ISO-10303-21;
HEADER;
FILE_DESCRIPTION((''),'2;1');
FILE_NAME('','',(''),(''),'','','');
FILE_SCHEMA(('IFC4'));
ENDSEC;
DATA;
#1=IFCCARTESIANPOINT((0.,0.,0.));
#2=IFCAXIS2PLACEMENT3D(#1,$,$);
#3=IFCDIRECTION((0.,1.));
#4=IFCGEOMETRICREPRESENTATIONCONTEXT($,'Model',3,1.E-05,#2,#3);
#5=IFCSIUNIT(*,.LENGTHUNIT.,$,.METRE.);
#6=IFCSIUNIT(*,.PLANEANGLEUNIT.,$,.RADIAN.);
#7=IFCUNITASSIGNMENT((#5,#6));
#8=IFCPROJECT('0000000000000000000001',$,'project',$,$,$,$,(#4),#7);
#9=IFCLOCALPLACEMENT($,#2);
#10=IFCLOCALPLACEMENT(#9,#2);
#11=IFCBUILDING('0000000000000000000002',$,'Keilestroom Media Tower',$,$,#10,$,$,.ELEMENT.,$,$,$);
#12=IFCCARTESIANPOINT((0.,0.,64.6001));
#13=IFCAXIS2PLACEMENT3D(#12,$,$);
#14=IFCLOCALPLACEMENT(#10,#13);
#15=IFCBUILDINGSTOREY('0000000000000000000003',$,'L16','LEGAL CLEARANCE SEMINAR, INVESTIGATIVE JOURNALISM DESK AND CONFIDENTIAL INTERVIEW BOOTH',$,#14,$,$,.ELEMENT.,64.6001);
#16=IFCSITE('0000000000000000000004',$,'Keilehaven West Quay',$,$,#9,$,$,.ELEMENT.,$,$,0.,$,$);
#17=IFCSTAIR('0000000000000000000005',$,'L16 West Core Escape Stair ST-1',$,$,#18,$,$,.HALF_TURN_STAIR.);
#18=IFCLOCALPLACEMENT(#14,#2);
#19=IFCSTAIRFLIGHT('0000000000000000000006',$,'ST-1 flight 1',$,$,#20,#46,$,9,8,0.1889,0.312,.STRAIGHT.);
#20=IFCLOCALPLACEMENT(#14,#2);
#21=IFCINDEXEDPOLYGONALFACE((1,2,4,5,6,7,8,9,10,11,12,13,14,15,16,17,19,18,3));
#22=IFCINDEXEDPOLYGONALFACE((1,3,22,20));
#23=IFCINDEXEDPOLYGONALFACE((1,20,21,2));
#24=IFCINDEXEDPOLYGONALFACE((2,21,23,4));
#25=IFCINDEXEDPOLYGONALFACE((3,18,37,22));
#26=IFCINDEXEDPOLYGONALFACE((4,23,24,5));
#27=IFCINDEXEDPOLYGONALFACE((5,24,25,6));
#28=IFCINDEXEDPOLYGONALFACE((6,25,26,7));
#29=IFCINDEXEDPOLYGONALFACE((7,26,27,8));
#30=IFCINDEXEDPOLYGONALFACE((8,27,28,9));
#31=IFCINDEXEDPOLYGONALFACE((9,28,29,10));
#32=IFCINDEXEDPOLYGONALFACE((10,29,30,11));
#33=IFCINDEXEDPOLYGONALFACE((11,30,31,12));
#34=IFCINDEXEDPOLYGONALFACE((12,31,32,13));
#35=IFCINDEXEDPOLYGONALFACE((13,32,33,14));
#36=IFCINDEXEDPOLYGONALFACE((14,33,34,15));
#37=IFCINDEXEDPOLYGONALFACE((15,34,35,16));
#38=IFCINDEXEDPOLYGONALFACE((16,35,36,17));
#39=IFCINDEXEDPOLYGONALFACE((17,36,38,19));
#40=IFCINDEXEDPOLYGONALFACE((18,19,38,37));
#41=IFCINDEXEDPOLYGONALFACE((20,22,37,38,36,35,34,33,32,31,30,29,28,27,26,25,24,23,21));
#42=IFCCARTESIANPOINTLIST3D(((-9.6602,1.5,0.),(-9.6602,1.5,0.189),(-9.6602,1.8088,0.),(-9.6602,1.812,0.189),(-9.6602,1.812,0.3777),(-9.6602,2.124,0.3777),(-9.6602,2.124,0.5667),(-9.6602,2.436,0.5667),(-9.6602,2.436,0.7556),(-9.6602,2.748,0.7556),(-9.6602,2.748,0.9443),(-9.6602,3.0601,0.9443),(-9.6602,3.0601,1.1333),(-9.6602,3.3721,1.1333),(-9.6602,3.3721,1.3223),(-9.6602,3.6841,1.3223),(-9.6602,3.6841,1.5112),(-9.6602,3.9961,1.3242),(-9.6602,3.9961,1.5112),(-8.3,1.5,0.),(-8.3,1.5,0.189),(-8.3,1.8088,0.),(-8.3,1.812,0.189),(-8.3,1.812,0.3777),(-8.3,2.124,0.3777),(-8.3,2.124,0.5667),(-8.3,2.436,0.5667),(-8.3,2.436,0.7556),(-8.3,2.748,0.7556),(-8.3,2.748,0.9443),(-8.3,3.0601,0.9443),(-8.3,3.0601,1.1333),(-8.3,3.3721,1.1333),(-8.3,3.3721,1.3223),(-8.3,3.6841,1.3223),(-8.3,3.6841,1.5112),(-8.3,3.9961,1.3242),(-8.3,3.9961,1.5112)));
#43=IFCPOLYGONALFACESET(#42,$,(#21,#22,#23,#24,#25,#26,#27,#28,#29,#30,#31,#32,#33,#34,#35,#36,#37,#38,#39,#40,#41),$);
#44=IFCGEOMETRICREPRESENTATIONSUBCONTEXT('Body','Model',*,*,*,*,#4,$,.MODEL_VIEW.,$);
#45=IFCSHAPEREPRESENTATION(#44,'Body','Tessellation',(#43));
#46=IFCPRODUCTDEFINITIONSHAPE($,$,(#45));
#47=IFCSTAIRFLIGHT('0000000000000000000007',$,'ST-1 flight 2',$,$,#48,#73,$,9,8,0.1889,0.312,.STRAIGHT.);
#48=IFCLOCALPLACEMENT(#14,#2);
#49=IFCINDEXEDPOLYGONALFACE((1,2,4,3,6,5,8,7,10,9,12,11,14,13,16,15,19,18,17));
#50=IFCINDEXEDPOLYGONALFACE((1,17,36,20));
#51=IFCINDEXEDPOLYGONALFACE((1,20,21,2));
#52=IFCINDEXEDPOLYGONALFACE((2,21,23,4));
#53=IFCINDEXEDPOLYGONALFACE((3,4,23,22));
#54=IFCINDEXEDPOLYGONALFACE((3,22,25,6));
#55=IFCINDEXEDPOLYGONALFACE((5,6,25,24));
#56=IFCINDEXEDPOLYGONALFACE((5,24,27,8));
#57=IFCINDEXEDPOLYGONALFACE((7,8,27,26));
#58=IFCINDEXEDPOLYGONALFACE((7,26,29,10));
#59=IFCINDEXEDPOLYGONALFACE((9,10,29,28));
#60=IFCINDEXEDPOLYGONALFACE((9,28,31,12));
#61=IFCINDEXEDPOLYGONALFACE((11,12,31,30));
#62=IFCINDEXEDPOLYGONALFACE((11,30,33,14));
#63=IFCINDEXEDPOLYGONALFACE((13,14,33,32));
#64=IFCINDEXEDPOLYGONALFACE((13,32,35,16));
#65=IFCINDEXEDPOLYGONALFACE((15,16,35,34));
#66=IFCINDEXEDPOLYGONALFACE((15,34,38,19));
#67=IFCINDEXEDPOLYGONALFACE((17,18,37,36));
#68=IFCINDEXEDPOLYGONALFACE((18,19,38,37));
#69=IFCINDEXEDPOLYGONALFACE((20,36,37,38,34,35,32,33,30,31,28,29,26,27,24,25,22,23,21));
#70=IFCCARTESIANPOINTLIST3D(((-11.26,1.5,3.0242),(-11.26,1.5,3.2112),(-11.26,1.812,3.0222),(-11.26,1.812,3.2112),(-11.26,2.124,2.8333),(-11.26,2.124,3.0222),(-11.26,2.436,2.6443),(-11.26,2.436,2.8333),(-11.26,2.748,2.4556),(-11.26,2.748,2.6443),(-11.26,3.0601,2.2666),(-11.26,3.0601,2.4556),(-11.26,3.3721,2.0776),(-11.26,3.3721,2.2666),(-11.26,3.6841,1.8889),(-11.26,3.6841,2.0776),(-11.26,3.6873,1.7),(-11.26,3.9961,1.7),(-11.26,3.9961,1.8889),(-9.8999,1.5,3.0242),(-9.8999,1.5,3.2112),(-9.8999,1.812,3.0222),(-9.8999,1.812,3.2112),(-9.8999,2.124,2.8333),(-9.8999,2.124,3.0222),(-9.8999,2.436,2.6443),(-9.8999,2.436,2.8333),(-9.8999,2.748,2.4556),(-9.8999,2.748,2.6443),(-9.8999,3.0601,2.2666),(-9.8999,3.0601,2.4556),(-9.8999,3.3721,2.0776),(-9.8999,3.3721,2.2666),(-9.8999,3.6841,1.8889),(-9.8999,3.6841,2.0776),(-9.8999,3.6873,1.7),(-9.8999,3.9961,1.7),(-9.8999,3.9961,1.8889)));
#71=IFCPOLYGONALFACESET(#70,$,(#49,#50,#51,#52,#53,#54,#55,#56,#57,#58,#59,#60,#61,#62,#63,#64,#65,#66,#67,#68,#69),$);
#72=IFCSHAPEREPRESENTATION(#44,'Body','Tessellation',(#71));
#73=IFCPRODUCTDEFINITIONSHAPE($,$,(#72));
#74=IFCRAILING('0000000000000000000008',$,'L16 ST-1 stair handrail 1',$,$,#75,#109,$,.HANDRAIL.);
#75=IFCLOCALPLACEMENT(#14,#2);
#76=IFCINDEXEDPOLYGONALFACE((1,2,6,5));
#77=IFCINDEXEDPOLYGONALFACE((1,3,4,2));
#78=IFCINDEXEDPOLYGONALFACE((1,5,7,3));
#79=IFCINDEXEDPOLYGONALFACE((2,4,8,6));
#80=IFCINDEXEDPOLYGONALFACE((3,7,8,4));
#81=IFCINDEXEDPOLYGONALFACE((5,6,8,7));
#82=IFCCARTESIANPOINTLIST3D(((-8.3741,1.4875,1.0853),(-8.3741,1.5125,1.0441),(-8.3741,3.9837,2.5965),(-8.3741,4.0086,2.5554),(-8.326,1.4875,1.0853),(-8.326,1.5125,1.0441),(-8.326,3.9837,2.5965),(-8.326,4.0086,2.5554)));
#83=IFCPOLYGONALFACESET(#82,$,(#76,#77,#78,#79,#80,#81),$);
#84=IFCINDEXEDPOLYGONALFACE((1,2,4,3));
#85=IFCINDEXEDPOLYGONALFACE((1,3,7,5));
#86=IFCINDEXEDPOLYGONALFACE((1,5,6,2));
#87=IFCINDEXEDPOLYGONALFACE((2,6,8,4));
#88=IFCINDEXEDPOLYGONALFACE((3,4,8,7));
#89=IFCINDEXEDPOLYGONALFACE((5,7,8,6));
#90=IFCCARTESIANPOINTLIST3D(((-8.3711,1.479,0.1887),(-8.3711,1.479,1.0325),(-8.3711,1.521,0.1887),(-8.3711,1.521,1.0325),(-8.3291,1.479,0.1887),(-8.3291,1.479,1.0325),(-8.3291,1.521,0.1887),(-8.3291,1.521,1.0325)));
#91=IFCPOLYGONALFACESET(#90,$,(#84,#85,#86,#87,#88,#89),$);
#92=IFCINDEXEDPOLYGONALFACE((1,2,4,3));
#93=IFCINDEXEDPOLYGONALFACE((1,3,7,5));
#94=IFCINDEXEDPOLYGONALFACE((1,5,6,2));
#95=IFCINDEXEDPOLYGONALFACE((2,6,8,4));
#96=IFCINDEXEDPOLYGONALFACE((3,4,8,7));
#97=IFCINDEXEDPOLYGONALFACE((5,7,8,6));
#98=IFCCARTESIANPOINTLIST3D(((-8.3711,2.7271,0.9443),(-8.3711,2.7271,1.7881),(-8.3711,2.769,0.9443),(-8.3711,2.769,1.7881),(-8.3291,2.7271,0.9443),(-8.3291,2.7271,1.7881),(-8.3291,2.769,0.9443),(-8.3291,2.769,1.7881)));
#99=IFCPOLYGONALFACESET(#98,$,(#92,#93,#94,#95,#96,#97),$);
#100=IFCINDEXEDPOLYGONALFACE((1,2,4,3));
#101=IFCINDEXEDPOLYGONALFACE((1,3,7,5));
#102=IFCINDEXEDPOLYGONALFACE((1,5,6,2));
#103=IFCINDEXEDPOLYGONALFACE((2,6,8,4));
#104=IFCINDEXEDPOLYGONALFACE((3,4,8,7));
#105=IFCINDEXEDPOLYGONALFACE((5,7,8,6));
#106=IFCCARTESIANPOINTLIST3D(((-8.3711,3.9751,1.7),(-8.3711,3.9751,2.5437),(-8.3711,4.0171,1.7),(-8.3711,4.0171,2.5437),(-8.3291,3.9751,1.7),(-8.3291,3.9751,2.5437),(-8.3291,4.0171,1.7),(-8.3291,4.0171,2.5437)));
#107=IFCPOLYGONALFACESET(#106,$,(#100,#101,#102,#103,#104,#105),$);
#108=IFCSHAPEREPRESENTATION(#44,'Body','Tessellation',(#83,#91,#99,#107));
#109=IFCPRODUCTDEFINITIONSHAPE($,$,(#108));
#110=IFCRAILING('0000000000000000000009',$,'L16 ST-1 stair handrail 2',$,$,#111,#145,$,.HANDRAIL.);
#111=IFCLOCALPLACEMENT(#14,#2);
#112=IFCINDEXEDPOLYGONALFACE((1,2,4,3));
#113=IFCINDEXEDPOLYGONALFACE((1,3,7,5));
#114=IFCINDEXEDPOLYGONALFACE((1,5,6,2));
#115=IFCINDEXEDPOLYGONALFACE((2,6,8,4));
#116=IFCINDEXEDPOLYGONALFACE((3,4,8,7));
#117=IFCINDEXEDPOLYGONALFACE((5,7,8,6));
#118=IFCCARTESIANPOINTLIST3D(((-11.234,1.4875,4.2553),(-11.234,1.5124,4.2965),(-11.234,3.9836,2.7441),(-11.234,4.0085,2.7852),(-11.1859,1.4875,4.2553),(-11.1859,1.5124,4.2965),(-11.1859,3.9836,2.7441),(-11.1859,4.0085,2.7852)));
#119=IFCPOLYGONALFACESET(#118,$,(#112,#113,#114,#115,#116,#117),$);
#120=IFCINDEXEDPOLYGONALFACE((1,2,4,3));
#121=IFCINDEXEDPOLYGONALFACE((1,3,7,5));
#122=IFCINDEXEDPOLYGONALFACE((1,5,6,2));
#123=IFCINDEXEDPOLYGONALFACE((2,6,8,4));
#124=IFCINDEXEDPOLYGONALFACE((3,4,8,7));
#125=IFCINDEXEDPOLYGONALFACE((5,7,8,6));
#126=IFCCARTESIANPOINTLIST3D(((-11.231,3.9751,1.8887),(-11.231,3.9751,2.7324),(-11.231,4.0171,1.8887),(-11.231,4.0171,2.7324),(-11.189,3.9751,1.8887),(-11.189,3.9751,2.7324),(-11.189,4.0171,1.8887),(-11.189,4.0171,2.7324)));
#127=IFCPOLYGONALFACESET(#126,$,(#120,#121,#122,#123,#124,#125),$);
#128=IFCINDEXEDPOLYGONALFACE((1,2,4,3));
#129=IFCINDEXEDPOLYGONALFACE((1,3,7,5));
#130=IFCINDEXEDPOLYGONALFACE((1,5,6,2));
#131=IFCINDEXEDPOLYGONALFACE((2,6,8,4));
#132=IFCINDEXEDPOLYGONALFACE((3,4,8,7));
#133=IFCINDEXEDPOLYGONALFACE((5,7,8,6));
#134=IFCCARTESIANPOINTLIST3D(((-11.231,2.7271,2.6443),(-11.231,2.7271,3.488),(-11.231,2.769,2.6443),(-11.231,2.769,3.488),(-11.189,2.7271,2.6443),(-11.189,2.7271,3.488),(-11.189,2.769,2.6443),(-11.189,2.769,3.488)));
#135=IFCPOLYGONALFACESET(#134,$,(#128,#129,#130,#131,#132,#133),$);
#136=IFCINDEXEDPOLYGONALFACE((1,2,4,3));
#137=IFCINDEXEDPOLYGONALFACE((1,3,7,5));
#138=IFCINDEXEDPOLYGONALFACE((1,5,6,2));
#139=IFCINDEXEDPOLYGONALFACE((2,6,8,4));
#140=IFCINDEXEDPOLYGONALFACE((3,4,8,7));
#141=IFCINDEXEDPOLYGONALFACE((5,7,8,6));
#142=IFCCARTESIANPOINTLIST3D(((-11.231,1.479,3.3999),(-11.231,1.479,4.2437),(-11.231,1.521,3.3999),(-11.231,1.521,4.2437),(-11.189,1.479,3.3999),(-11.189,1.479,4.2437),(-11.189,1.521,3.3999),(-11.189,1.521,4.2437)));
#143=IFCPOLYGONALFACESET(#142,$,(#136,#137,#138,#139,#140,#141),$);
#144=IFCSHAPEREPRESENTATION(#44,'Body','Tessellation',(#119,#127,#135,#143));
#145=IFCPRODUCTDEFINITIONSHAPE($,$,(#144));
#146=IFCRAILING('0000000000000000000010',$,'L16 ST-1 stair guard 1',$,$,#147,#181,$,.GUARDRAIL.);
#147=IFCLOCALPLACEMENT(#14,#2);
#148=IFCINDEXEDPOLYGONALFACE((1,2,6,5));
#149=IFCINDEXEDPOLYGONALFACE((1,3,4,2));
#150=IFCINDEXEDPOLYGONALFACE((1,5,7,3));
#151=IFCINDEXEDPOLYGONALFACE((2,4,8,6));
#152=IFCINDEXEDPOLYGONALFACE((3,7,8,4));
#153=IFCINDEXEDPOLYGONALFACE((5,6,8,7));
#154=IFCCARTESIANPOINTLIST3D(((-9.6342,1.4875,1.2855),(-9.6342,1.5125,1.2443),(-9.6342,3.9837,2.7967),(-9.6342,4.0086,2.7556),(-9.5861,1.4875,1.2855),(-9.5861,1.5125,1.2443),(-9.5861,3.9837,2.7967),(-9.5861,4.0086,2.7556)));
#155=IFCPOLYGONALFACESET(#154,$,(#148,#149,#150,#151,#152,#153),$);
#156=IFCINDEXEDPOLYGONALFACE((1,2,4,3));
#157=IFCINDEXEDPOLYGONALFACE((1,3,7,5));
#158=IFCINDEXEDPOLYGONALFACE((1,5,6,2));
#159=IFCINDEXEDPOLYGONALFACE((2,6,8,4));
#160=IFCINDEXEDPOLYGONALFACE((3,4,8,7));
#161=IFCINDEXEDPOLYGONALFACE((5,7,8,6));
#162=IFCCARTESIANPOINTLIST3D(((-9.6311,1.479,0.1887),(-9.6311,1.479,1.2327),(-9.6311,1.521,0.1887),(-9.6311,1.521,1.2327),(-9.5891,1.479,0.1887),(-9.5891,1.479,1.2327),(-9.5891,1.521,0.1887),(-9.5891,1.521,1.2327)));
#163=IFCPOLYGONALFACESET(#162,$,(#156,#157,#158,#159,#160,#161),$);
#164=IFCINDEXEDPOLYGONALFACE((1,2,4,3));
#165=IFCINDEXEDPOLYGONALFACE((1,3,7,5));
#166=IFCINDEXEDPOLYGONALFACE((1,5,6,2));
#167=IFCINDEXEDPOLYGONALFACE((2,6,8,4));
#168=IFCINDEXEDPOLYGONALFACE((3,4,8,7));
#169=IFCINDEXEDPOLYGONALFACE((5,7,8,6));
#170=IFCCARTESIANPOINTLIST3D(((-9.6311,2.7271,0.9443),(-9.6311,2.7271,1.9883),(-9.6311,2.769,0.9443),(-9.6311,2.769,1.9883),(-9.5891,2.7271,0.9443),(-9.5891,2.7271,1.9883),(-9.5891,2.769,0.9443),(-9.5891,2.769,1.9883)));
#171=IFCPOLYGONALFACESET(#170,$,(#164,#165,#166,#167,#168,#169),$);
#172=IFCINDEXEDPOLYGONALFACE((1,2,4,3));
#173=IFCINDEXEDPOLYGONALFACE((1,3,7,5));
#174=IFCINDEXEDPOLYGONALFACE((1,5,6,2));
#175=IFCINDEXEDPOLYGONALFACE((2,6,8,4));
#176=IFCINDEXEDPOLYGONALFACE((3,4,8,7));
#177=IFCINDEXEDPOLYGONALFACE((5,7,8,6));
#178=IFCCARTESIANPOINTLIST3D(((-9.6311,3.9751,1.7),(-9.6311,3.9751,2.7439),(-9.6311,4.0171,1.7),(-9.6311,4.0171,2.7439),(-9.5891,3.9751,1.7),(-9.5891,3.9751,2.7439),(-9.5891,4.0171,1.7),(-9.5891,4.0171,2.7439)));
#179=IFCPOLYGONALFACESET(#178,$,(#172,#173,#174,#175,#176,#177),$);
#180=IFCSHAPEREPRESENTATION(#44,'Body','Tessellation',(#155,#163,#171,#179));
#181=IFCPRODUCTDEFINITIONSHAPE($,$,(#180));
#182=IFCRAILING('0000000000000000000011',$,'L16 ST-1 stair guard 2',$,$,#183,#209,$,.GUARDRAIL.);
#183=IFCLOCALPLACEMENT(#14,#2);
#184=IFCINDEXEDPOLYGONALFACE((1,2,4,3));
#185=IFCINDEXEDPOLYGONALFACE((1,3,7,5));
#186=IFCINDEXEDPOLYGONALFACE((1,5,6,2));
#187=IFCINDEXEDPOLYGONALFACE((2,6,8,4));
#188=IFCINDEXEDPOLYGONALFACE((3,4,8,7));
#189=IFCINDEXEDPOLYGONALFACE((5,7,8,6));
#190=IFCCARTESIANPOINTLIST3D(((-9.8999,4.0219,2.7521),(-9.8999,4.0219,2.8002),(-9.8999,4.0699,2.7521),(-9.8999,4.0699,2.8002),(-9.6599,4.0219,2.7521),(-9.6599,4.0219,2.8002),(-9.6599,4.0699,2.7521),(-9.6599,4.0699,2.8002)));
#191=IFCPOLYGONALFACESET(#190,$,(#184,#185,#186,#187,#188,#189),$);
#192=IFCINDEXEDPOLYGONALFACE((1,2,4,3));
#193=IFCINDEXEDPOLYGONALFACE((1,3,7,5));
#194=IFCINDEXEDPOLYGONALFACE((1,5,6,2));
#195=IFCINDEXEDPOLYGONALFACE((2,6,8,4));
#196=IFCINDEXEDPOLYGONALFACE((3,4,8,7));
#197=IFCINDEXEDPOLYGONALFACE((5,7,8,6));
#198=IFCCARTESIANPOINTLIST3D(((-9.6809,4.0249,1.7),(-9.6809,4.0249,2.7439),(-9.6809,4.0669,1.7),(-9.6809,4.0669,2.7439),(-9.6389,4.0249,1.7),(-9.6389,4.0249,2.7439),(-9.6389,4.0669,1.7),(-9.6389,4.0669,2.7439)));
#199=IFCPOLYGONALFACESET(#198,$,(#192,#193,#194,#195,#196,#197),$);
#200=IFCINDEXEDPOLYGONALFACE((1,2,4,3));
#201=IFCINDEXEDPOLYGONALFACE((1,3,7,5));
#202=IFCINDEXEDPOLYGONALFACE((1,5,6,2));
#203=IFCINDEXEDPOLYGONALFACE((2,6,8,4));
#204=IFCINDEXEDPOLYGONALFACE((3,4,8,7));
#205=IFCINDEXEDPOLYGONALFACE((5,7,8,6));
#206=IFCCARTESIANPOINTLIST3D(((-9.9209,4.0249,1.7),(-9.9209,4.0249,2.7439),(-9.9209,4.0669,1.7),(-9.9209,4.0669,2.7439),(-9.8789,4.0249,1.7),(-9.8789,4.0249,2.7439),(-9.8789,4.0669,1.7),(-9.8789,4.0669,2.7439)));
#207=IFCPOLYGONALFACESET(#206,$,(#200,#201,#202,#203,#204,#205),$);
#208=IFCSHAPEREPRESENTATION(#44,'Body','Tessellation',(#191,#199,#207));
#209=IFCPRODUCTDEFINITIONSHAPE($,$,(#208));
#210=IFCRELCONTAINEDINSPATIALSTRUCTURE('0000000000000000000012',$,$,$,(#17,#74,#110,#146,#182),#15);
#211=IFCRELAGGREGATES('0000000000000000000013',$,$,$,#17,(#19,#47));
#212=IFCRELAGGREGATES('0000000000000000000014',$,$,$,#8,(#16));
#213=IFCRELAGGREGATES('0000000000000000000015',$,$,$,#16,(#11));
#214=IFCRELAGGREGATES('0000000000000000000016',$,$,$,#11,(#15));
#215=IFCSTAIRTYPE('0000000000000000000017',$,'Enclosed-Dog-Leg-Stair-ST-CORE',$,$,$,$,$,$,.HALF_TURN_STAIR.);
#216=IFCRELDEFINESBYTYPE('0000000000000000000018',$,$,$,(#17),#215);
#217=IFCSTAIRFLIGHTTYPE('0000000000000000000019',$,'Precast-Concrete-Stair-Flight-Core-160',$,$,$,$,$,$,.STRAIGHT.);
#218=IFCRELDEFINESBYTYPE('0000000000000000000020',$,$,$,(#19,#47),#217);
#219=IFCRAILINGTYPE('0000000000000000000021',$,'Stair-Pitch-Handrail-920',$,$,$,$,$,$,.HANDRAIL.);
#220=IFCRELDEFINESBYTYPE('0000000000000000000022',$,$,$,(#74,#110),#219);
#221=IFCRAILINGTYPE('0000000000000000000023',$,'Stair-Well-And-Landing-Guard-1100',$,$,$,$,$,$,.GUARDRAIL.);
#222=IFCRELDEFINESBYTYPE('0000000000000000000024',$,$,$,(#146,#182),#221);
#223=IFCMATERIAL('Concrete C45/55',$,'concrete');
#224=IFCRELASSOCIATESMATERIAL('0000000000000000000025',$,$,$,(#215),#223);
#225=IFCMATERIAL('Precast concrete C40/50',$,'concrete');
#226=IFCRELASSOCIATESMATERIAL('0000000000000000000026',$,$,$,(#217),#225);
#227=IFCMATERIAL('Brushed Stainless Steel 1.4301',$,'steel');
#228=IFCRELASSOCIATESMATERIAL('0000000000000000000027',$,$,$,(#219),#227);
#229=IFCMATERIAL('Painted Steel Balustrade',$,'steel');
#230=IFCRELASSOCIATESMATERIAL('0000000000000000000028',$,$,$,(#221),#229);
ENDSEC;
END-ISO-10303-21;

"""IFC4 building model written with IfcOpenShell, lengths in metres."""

from ifc_helpers import new_model, si_unit, direction, frame, origin, origin_2d, place, context, subcontext, project, spatial, polyline, rectangle, outline, extrude, material, type_object, element, aggregate, save


model = new_model("IFC4")

# Units and contexts
model_context = context("Model", 3, precision=1e-05, world=origin(), true_north=direction((0.0, 1.0)))
body_context = subcontext(model_context, "Body", "Model", "MODEL_VIEW")
ifc_project = project(units=[si_unit("LENGTHUNIT", "METRE"), si_unit("PLANEANGLEUNIT", "RADIAN")], contexts=[model_context])

# Site, building, storey
site_placement = place(None, origin())
site = spatial("IfcSite", under=ifc_project, at=site_placement, Name="Keilehaven West Quay", CompositionType="ELEMENT", RefElevation=0.0)
building_placement = place(site_placement, origin())
building = spatial("IfcBuilding", under=site, at=building_placement, Name="Keilestroom Media Tower", CompositionType="ELEMENT")
storey_placement = place(building_placement, frame((0.0, 0.0, 64.6001)))
storey = spatial("IfcBuildingStorey", under=building, at=storey_placement, Name="L16", Description="LEGAL CLEARANCE SEMINAR, INVESTIGATIVE JOURNALISM DESK AND CONFIDENTIAL INTERVIEW BOOTH", CompositionType="ELEMENT", Elevation=64.6001)

# Shared definitions
ifc_material_1 = material(Name="Precast concrete C40/50", Category="concrete")

# Stair, stair flights
ifc_material_2 = material(Name="Concrete C45/55", Category="concrete")
stair_type = type_object("IfcStairType", Name="Enclosed-Dog-Leg-Stair-ST-CORE", PredefinedType="HALF_TURN_STAIR", material=ifc_material_2)
stair_placement = place(storey_placement, origin())
stair = element("IfcStair", 1, at=stair_placement, inside=storey, type_object=stair_type, Name="L16 West Core Escape Stair ST-1", PredefinedType="HALF_TURN_STAIR")
stair_flight_type = type_object("IfcStairFlightType", Name="Precast-Concrete-Stair-Flight-Core-160", PredefinedType="STRAIGHT", material=ifc_material_1)
stair_flight_1_placement = place(storey_placement, frame((-8.98, 1.5, 0.0), z_axis=(0.0, 0.0, 1.0), x_axis=(0.0, 1.0, 0.0)))
stair_flight_1 = element("IfcStairFlight", 2, at=stair_flight_1_placement, type_object=stair_flight_type, Name="ST-1 flight 1", NumberOfRisers=9, NumberOfTreads=8, PredefinedType="STRAIGHT", RiserHeight=0.1889, TreadLength=0.312, context=body_context, shape_type="SweptSolid", body=[
    extrude(outline(polyline([(0.0, 0.0), (0.0, 0.189), (0.312, 0.189), (0.312, 0.3777), (0.624, 0.3777), (0.624, 0.5667), (0.936, 0.5667), (0.936, 0.7556), (1.248, 0.7556), (1.248, 0.9443), (1.5601, 0.9443), (1.5601, 1.1333), (1.8721, 1.1333), (1.8721, 1.3223), (2.1841, 1.3223), (2.1841, 1.5112), (2.4961, 1.5112), (2.4961, 1.7), (2.4961, 1.3242), (0.3088, 0.0), (0.0, 0.0)])), frame((0.0, 0.6802, 0.0), z_axis=(0.0, -1.0, 0.0), x_axis=(1.0, 0.0, 0.0)), (0.0, 0.0, 1.0), 1.3601),
])
stair_flight_2_placement = place(storey_placement, frame((-10.5801, 3.9961, 1.7), z_axis=(0.0, 0.0, 1.0), x_axis=(0.0, -1.0, 0.0)))
stair_flight_2 = element("IfcStairFlight", 3, at=stair_flight_2_placement, type_object=stair_flight_type, Name="ST-1 flight 2", NumberOfRisers=9, NumberOfTreads=8, PredefinedType="STRAIGHT", RiserHeight=0.1889, TreadLength=0.312, context=body_context, shape_type="SweptSolid", body=[
    extrude(outline(polyline([(0.0, 0.0), (0.0, 0.189), (0.312, 0.189), (0.312, 0.3777), (0.624, 0.3777), (0.624, 0.5667), (0.936, 0.5667), (0.936, 0.7556), (1.248, 0.7556), (1.248, 0.9443), (1.5601, 0.9443), (1.5601, 1.1333), (1.8721, 1.1333), (1.8721, 1.3223), (2.1841, 1.3223), (2.1841, 1.5112), (2.4961, 1.5112), (2.4961, 1.7), (2.4961, 1.3242), (0.3088, 0.0), (0.0, 0.0)])), frame((0.0, 0.6802, 0.0), z_axis=(0.0, -1.0, 0.0), x_axis=(1.0, 0.0, 0.0)), (0.0, 0.0, 1.0), 1.3601),
])
aggregate(stair, [stair_flight_1, stair_flight_2])

# Railings
ifc_material_3 = material(Name="Brushed Stainless Steel 1.4301", Category="steel")
railing_type_1 = type_object("IfcRailingType", Name="Stair-Pitch-Handrail-920", PredefinedType="HANDRAIL", material=ifc_material_3)
railing_1_placement = place(storey_placement, frame((-8.3501, 1.5, 0.1887)))
element("IfcRailing", 4, at=railing_1_placement, inside=storey, type_object=railing_type_1, Name="L16 ST-1 stair handrail 1", PredefinedType="HANDRAIL", context=body_context, shape_type="SweptSolid", body=[
    extrude(rectangle(XDim=0.0481, YDim=0.0481, at=origin_2d()), frame((0.0, 0.0, 0.876), z_axis=(0.0, 0.855434, 0.517912), x_axis=(-1.0, 0.0, 0.0)), (0.0, 0.0, 1.0), 2.918),
    extrude(rectangle(XDim=0.042, YDim=0.042, at=origin_2d()), origin(), (0.0, 0.0, 1.0), 0.8438),
    extrude(rectangle(XDim=0.042, YDim=0.042, at=origin_2d()), frame((0.0, 1.248, 0.7556)), (0.0, 0.0, 1.0), 0.8438),
    extrude(rectangle(XDim=0.042, YDim=0.042, at=origin_2d()), frame((0.0, 2.4961, 1.5112)), (0.0, 0.0, 1.0), 0.8438),
])
railing_2_placement = place(storey_placement, frame((-11.21, 3.9961, 1.8887)))
element("IfcRailing", 5, at=railing_2_placement, inside=storey, type_object=railing_type_1, Name="L16 ST-1 stair handrail 2", PredefinedType="HANDRAIL", context=body_context, shape_type="SweptSolid", body=[
    extrude(rectangle(XDim=0.0481, YDim=0.0481, at=origin_2d()), frame((0.0, 0.0, 0.876), z_axis=(0.0, -0.855434, 0.517912), x_axis=(1.0, 0.0, 0.0)), (0.0, 0.0, 1.0), 2.918),
    extrude(rectangle(XDim=0.042, YDim=0.042, at=origin_2d()), origin(), (0.0, 0.0, 1.0), 0.8438),
    extrude(rectangle(XDim=0.042, YDim=0.042, at=origin_2d()), frame((0.0, -1.248, 0.7556)), (0.0, 0.0, 1.0), 0.8438),
    extrude(rectangle(XDim=0.042, YDim=0.042, at=origin_2d()), frame((0.0, -2.4961, 1.5112)), (0.0, 0.0, 1.0), 0.8438),
])
ifc_material_4 = material(Name="Painted Steel Balustrade", Category="steel")
railing_type_2 = type_object("IfcRailingType", Name="Stair-Well-And-Landing-Guard-1100", PredefinedType="GUARDRAIL", material=ifc_material_4)
railing_3_placement = place(storey_placement, frame((-9.6101, 1.5, 0.1887)))
element("IfcRailing", 6, at=railing_3_placement, inside=storey, type_object=railing_type_2, Name="L16 ST-1 stair guard 1", PredefinedType="GUARDRAIL", context=body_context, shape_type="SweptSolid", body=[
    extrude(rectangle(XDim=0.0481, YDim=0.0481, at=origin_2d()), frame((0.0, 0.0, 1.0762), z_axis=(0.0, 0.855434, 0.517912), x_axis=(-1.0, 0.0, 0.0)), (0.0, 0.0, 1.0), 2.918),
    extrude(rectangle(XDim=0.042, YDim=0.042, at=origin_2d()), origin(), (0.0, 0.0, 1.0), 1.0439),
    extrude(rectangle(XDim=0.042, YDim=0.042, at=origin_2d()), frame((0.0, 1.248, 0.7556)), (0.0, 0.0, 1.0), 1.0439),
    extrude(rectangle(XDim=0.042, YDim=0.042, at=origin_2d()), frame((0.0, 2.4961, 1.5112)), (0.0, 0.0, 1.0), 1.0439),
])
railing_4_placement = place(storey_placement, frame((-9.6599, 4.0459, 1.7)))
element("IfcRailing", 7, at=railing_4_placement, inside=storey, type_object=railing_type_2, Name="L16 ST-1 stair guard 2", PredefinedType="GUARDRAIL", context=body_context, shape_type="SweptSolid", body=[
    extrude(rectangle(XDim=0.0481, YDim=0.0481, at=origin_2d()), frame((0.0, 0.0, 1.0762), z_axis=(-1.0, 0.0, 0.0), x_axis=(0.0, -1.0, 0.0)), (0.0, 0.0, 1.0), 0.24),
    extrude(rectangle(XDim=0.042, YDim=0.042, at=origin_2d()), origin(), (0.0, 0.0, 1.0), 1.0439),
    extrude(rectangle(XDim=0.042, YDim=0.042, at=origin_2d()), frame((-0.24, 0.0, 0.0)), (0.0, 0.0, 1.0), 1.0439),
])

save(model, "model.ifc")
